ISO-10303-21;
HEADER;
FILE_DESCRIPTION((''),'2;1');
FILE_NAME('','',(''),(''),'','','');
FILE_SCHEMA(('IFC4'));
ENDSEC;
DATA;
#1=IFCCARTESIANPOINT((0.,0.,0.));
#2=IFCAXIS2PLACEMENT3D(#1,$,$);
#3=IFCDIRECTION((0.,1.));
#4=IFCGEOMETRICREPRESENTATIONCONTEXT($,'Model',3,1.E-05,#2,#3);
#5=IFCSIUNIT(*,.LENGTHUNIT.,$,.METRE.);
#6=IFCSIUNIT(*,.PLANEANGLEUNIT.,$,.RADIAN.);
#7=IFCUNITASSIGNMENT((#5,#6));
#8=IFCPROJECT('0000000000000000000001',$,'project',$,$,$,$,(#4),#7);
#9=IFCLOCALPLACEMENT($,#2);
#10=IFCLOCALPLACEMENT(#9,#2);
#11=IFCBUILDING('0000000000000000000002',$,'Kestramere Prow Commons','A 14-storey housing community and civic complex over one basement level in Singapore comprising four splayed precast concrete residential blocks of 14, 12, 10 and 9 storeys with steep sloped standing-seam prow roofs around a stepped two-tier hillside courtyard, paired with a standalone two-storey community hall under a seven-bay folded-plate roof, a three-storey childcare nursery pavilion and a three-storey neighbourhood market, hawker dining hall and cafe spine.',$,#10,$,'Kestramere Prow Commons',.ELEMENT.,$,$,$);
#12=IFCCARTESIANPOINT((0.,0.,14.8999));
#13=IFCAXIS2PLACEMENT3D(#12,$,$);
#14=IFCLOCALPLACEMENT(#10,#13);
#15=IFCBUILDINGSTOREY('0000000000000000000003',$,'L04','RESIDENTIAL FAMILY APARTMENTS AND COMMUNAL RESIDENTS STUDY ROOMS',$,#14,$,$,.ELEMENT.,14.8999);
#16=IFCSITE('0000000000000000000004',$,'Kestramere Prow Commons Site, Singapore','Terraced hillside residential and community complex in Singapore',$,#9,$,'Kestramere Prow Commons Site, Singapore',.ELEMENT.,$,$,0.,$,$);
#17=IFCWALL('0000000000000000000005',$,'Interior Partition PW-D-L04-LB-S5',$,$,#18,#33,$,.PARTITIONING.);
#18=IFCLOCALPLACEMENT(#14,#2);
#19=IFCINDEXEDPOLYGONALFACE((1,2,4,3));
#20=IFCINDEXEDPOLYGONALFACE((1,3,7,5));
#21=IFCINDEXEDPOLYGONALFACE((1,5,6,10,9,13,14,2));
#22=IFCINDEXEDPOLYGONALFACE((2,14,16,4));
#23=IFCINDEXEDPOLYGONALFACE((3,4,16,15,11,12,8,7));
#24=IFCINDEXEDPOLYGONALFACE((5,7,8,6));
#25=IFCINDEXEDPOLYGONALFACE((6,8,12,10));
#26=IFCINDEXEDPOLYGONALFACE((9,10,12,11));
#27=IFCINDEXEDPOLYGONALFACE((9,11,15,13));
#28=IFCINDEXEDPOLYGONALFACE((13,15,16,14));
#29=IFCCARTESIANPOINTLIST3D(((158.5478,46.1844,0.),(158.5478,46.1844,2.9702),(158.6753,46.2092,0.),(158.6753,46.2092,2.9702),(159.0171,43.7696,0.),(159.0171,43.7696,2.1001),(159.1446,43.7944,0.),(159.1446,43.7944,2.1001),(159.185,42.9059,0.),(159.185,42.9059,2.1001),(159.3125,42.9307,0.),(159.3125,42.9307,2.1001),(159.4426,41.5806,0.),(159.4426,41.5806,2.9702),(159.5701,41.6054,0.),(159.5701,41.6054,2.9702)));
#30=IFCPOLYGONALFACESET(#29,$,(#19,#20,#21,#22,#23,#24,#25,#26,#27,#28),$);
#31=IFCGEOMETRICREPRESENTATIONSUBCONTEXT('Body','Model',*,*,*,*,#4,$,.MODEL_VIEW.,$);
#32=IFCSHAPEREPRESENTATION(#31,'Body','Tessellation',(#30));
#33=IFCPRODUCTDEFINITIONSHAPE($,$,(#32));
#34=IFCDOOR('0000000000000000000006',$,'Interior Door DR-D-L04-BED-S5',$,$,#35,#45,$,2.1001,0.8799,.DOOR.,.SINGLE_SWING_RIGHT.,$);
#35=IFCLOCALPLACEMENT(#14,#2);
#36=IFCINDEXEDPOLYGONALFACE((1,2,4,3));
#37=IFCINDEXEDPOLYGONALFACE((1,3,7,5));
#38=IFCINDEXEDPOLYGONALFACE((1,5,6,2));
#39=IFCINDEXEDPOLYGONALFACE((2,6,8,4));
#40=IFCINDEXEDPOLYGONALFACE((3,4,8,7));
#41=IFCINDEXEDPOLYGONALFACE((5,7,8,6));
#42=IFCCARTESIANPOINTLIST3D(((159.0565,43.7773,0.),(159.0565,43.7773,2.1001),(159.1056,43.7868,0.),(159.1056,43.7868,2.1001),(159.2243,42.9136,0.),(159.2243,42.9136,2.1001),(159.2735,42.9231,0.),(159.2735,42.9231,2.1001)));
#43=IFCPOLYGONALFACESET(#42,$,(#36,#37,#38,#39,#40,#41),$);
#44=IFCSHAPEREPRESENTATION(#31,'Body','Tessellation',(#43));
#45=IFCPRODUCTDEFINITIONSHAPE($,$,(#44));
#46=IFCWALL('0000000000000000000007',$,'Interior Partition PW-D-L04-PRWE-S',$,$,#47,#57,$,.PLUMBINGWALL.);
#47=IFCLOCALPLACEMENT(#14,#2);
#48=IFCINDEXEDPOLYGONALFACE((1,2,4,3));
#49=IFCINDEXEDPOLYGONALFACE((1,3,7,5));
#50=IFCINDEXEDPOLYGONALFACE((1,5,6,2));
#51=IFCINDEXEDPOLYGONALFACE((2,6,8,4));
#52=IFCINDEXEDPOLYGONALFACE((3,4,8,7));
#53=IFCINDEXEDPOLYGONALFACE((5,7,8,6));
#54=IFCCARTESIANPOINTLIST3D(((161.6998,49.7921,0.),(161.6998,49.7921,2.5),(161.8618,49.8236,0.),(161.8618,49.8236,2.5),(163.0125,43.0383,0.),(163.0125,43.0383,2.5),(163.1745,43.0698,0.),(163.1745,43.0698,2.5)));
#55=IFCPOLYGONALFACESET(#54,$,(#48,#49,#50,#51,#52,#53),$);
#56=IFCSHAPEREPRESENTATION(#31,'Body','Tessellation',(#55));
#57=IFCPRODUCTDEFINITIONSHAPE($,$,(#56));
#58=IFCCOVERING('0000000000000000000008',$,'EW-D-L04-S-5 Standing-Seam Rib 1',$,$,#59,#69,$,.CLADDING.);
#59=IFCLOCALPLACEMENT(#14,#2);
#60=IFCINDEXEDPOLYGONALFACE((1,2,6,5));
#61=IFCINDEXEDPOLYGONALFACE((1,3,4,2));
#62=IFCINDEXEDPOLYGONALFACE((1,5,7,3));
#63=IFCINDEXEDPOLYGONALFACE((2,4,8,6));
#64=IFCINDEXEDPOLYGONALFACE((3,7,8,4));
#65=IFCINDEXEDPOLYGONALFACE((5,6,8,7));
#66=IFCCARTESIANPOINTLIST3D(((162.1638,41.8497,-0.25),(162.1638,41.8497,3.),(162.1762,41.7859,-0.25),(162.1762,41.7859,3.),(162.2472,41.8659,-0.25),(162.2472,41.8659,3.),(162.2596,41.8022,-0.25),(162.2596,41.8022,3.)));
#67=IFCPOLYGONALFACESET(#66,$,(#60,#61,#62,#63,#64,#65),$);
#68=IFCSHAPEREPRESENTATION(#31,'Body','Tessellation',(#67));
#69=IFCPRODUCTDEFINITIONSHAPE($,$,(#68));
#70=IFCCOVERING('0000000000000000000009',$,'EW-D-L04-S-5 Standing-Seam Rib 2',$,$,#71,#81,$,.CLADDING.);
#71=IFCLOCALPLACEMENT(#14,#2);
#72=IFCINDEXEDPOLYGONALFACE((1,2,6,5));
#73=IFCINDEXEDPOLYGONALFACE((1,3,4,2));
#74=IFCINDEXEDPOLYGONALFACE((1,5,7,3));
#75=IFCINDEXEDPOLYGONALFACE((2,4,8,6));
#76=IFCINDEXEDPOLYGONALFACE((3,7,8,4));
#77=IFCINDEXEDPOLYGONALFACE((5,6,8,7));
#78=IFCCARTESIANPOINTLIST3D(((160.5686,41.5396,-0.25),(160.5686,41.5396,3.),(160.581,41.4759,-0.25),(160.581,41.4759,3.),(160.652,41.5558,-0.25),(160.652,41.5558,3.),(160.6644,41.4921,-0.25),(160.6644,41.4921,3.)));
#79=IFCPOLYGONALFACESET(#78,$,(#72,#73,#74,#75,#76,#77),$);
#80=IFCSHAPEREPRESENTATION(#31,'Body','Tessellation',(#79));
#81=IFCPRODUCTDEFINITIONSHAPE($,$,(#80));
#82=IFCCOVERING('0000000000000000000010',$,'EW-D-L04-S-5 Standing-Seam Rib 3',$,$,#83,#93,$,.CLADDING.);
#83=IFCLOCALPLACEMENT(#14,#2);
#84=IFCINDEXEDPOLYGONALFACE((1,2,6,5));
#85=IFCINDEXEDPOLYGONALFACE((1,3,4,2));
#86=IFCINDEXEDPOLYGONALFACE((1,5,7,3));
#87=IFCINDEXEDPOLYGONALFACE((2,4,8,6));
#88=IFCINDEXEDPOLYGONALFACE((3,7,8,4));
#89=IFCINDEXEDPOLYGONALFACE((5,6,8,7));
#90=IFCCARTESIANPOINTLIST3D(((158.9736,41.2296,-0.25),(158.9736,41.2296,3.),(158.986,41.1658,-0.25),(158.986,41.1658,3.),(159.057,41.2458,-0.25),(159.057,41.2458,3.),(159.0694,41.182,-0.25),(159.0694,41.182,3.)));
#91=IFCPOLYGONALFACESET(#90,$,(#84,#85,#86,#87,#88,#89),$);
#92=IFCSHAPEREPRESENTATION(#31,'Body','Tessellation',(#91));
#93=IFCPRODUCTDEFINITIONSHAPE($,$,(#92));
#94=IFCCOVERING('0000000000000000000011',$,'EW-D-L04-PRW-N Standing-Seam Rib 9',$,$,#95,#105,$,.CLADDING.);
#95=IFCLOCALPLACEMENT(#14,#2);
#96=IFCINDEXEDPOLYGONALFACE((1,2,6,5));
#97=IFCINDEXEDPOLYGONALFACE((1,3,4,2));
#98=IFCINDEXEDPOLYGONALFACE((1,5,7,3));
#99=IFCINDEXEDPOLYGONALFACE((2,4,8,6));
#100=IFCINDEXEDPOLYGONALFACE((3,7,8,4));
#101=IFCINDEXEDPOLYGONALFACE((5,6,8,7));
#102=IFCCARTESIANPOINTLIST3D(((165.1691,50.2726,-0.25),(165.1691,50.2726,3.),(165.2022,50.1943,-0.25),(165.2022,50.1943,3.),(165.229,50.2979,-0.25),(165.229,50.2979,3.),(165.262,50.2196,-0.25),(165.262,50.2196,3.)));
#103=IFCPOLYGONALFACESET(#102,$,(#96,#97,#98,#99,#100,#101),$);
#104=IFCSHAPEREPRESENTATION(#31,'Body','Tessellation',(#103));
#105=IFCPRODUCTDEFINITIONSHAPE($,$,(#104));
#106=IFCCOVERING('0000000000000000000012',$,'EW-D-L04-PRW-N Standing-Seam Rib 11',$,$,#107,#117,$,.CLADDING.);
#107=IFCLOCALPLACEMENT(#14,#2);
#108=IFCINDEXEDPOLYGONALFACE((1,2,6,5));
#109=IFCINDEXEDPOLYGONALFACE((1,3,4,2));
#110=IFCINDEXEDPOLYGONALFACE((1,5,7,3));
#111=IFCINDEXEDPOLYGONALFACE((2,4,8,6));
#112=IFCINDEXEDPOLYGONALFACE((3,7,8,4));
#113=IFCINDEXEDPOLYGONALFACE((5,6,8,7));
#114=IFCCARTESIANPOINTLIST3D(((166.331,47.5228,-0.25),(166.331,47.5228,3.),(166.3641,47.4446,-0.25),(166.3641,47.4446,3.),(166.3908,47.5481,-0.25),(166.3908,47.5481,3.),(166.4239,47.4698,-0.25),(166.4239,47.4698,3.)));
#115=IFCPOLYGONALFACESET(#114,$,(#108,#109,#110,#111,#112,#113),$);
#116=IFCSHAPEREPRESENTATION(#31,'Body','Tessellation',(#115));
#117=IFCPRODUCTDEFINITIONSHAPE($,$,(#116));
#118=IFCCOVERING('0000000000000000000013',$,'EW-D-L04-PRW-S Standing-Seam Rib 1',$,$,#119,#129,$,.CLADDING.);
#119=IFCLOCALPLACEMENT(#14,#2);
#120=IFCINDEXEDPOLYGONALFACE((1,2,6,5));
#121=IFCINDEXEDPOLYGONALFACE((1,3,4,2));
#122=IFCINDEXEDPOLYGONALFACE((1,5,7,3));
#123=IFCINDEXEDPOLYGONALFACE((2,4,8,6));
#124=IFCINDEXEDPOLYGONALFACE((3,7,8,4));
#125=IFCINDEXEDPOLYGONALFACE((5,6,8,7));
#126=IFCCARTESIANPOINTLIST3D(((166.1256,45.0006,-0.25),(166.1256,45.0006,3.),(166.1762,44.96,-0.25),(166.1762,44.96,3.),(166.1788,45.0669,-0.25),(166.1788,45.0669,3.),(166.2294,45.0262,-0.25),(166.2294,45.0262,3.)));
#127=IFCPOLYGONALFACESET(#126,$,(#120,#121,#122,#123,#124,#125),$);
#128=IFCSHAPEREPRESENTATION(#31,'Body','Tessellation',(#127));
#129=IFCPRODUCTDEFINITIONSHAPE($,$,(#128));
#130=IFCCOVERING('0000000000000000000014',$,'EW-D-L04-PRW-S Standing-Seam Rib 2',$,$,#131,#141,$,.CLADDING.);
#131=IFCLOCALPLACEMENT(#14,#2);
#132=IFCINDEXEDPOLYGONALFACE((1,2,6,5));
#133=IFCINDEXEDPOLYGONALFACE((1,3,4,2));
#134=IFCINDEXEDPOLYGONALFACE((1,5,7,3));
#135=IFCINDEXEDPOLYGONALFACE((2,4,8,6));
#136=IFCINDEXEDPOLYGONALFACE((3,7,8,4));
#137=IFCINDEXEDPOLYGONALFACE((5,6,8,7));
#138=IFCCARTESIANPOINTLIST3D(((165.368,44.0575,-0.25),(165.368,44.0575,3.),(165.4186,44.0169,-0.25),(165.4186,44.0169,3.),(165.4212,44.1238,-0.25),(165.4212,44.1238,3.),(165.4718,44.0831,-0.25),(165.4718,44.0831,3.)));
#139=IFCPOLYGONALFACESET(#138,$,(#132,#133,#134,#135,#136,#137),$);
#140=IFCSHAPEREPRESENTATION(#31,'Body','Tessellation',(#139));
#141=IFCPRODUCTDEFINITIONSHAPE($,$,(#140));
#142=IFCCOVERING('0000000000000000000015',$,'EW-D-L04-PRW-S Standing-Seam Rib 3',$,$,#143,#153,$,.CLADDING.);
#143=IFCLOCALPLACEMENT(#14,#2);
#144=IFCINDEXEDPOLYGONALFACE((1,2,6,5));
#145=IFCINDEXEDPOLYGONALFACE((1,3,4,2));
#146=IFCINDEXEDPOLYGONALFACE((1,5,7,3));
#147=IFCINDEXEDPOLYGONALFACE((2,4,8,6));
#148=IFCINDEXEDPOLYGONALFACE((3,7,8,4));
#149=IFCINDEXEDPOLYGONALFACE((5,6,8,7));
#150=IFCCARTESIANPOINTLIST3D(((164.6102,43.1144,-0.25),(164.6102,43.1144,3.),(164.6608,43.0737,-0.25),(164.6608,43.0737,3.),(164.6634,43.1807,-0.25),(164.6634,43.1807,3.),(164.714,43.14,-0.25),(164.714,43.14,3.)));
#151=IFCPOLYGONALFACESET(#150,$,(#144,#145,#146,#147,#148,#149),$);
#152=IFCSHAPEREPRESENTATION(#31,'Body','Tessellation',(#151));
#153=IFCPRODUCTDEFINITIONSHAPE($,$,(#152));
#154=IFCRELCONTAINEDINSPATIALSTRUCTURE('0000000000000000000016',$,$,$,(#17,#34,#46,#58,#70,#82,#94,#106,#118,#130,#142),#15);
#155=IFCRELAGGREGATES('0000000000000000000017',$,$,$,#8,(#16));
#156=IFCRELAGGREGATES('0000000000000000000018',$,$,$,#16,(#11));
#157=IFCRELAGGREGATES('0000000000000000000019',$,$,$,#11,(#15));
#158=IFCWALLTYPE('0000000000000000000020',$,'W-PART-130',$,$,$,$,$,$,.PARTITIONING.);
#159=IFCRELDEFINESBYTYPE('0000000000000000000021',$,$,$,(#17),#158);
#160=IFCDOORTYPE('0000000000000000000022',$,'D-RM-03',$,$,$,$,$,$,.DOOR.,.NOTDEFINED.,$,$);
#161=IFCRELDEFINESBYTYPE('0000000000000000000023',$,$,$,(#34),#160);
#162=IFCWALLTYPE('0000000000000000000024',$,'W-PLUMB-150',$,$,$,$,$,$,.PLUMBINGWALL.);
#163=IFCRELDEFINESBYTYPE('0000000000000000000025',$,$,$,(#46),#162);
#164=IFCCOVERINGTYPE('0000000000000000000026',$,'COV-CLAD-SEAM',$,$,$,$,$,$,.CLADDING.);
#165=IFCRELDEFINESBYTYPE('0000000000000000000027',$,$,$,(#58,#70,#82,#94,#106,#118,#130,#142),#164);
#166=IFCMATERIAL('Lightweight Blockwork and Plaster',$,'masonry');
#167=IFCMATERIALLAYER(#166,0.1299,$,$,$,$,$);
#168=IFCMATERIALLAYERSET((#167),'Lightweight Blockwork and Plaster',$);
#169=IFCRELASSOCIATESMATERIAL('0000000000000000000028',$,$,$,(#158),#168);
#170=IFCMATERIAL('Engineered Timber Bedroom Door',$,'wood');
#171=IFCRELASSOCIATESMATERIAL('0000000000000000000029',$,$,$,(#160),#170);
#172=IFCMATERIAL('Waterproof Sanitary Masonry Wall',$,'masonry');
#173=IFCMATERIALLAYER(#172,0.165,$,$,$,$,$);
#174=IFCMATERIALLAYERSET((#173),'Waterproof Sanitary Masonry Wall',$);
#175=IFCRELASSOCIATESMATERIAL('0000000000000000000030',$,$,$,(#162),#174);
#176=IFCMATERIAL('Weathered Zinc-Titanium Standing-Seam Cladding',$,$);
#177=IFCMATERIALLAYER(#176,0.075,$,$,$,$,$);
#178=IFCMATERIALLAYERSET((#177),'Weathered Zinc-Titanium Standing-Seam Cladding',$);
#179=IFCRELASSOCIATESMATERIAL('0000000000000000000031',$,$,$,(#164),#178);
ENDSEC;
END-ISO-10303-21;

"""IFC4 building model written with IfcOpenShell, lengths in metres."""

from ifc_helpers import new_model, si_unit, direction, frame, frame_2d, origin, origin_2d, place, context, subcontext, project, spatial, rectangle, extrude, material, layer, layer_set, type_object, element, fill, save


model = new_model("IFC4")

# Units and contexts
model_context = context("Model", 3, precision=1e-05, world=origin(), true_north=direction((0.0, 1.0)))
body_context = subcontext(model_context, "Body", "Model", "MODEL_VIEW")
ifc_project = project(units=[si_unit("LENGTHUNIT", "METRE"), si_unit("PLANEANGLEUNIT", "RADIAN")], contexts=[model_context])

# Site, building, storey
site_placement = place(None, origin())
site = spatial("IfcSite", under=ifc_project, at=site_placement, Name="Kestramere Prow Commons Site, Singapore", Description="Terraced hillside residential and community complex in Singapore", LongName="Kestramere Prow Commons Site, Singapore", CompositionType="ELEMENT", RefElevation=0.0)
building_placement = place(site_placement, origin())
building = spatial("IfcBuilding", under=site, at=building_placement, Name="Kestramere Prow Commons", Description="A 14-storey housing community and civic complex over one basement level in Singapore comprising four splayed precast concrete residential blocks of 14, 12, 10 and 9 storeys with steep sloped standing-seam prow roofs around a stepped two-tier hillside courtyard, paired with a standalone two-storey community hall under a seven-bay folded-plate roof, a three-storey childcare nursery pavilion and a three-storey neighbourhood market, hawker dining hall and cafe spine.", LongName="Kestramere Prow Commons", CompositionType="ELEMENT")
storey_placement = place(building_placement, frame((0.0, 0.0, 14.8999)))
storey = spatial("IfcBuildingStorey", under=building, at=storey_placement, Name="L04", Description="RESIDENTIAL FAMILY APARTMENTS AND COMMUNAL RESIDENTS STUDY ROOMS", CompositionType="ELEMENT", Elevation=14.8999)

# Shared definitions
ifc_material_1 = material(Name="Weathered Zinc-Titanium Standing-Seam Cladding")

# Wall, opening, door
ifc_material_2 = material(Name="Lightweight Blockwork and Plaster", Category="masonry")
ifc_layer_1 = layer(ifc_material_2, 0.1299)
ifc_layer_set_1 = layer_set([ifc_layer_1], Name="Lightweight Blockwork and Plaster")
wall_type_1 = type_object("IfcWallType", Name="W-PART-130", PredefinedType="PARTITIONING", material=ifc_layer_set_1)
wall_1_placement = place(storey_placement, frame((159.5063, 41.593, 0.0), z_axis=(0.0, 0.0, 1.0), x_axis=(-0.190787, 0.981631, 0.0)))
wall_1 = element("IfcWall", 1, at=wall_1_placement, inside=storey, type_object=wall_type_1, Name="Interior Partition PW-D-L04-LB-S5", PredefinedType="PARTITIONING", context=body_context, shape_type="SweptSolid", body=[
    extrude(rectangle(XDim=4.6899, YDim=0.1299, at=frame_2d((2.345, 0.0))), origin(), (0.0, 0.0, 1.0), 2.9702),
])
opening_1_placement = place(wall_1_placement, frame((1.3501, 0.0, 0.0)))
opening_1 = element("IfcOpeningElement", 2, at=opening_1_placement, cuts=wall_1, PredefinedType="OPENING", context=body_context, shape_type="SweptSolid", body=[
    extrude(rectangle(XDim=0.8799, YDim=2.1001, at=frame_2d((0.4399, 1.05))), frame((0.0, 0.0798, 0.0), z_axis=(0.0, -1.0, 0.0), x_axis=(1.0, 0.0, 0.0)), (0.0, 0.0, 1.0), 0.1599),
])
ifc_material_3 = material(Name="Engineered Timber Bedroom Door", Category="wood")
door_type = type_object("IfcDoorType", Name="D-RM-03", OperationType="NOTDEFINED", PredefinedType="DOOR", material=ifc_material_3)
door_placement = place(opening_1_placement, origin())
door = element("IfcDoor", 3, at=door_placement, inside=storey, type_object=door_type, Name="Interior Door DR-D-L04-BED-S5", OperationType="SINGLE_SWING_RIGHT", OverallHeight=2.1001, OverallWidth=0.8799, PredefinedType="DOOR", context=body_context, shape_type="SweptSolid", body=[
    extrude(rectangle(XDim=0.8799, YDim=2.1001, at=frame_2d((0.4399, 1.05))), frame((0.0, 0.0249, 0.0), z_axis=(0.0, -1.0, 0.0), x_axis=(1.0, 0.0, 0.0)), (0.0, 0.0, 1.0), 0.05),
])
fill(opening_1, door)

# Wall
ifc_material_4 = material(Name="Waterproof Sanitary Masonry Wall", Category="masonry")
ifc_layer_2 = layer(ifc_material_4, 0.165)
ifc_layer_set_2 = layer_set([ifc_layer_2], Name="Waterproof Sanitary Masonry Wall")
wall_type_2 = type_object("IfcWallType", Name="W-PLUMB-150", PredefinedType="PLUMBINGWALL", material=ifc_layer_set_2)
wall_2_placement = place(storey_placement, frame((163.0935, 43.0542, 0.0), z_axis=(0.0, 0.0, 1.0), x_axis=(-0.190804, 0.981628, 0.0)))
element("IfcWall", 4, at=wall_2_placement, inside=storey, type_object=wall_type_2, Name="Interior Partition PW-D-L04-PRWE-S", PredefinedType="PLUMBINGWALL", context=body_context, shape_type="SweptSolid", body=[
    extrude(rectangle(XDim=6.8801, YDim=0.165, at=frame_2d((3.4399, 0.0))), origin(), (0.0, 0.0, 1.0), 2.5),
])

# Coverings
ifc_layer_3 = layer(ifc_material_1, 0.075)
ifc_layer_set_3 = layer_set([ifc_layer_3], Name="Weathered Zinc-Titanium Standing-Seam Cladding")
covering_type = type_object("IfcCoveringType", Name="COV-CLAD-SEAM", PredefinedType="CLADDING", material=ifc_layer_set_3)
for number, where, z_axis, x_axis, name in (
    (5, (162.2117, 41.8259, -0.25), (0.0, 0.0, 1.0), (-0.981627, -0.190809, 0.0), "EW-D-L04-S-5 Standing-Seam Rib 1"),
    (6, (160.6165, 41.5159, -0.25), (0.0, 0.0, 1.0), (-0.981627, -0.190809, 0.0), "EW-D-L04-S-5 Standing-Seam Rib 2"),
    (7, (159.0215, 41.2058, -0.25), (0.0, 0.0, 1.0), (-0.981627, -0.190809, 0.0), "EW-D-L04-S-5 Standing-Seam Rib 3"),
    (8, (165.2156, 50.2461, -0.25), (0.0, 0.0, 1.0), (0.38922, -0.921145, 0.0), "EW-D-L04-PRW-N Standing-Seam Rib 9"),
    (9, (166.3774, 47.4963, -0.25), (0.0, 0.0, 1.0), (0.38922, -0.921145, 0.0), "EW-D-L04-PRW-N Standing-Seam Rib 11"),
    (10, (166.1775, 45.0134, -0.25), (0.0, 0.0, 1.0), (-0.626298, -0.779584, 0.0), "EW-D-L04-PRW-S Standing-Seam Rib 1"),
    (11, (165.4199, 44.0703, -0.25), (0.0, 0.0, 1.0), (-0.626298, -0.779584, 0.0), "EW-D-L04-PRW-S Standing-Seam Rib 2"),
    (12, (164.6621, 43.1272, -0.25), (0.0, 0.0, 1.0), (-0.626298, -0.779584, 0.0), "EW-D-L04-PRW-S Standing-Seam Rib 3"),
):
    element("IfcCovering", number, at=place(storey_placement, frame(where, z_axis=z_axis, x_axis=x_axis)), inside=storey, type_object=covering_type, Name=name, PredefinedType="CLADDING", context=body_context, shape_type="SweptSolid", body=[
        extrude(rectangle(XDim=0.085, YDim=0.0649, at=origin_2d()), origin(), (0.0, 0.0, 1.0), 3.25),
    ])

save(model, "model.ifc")
